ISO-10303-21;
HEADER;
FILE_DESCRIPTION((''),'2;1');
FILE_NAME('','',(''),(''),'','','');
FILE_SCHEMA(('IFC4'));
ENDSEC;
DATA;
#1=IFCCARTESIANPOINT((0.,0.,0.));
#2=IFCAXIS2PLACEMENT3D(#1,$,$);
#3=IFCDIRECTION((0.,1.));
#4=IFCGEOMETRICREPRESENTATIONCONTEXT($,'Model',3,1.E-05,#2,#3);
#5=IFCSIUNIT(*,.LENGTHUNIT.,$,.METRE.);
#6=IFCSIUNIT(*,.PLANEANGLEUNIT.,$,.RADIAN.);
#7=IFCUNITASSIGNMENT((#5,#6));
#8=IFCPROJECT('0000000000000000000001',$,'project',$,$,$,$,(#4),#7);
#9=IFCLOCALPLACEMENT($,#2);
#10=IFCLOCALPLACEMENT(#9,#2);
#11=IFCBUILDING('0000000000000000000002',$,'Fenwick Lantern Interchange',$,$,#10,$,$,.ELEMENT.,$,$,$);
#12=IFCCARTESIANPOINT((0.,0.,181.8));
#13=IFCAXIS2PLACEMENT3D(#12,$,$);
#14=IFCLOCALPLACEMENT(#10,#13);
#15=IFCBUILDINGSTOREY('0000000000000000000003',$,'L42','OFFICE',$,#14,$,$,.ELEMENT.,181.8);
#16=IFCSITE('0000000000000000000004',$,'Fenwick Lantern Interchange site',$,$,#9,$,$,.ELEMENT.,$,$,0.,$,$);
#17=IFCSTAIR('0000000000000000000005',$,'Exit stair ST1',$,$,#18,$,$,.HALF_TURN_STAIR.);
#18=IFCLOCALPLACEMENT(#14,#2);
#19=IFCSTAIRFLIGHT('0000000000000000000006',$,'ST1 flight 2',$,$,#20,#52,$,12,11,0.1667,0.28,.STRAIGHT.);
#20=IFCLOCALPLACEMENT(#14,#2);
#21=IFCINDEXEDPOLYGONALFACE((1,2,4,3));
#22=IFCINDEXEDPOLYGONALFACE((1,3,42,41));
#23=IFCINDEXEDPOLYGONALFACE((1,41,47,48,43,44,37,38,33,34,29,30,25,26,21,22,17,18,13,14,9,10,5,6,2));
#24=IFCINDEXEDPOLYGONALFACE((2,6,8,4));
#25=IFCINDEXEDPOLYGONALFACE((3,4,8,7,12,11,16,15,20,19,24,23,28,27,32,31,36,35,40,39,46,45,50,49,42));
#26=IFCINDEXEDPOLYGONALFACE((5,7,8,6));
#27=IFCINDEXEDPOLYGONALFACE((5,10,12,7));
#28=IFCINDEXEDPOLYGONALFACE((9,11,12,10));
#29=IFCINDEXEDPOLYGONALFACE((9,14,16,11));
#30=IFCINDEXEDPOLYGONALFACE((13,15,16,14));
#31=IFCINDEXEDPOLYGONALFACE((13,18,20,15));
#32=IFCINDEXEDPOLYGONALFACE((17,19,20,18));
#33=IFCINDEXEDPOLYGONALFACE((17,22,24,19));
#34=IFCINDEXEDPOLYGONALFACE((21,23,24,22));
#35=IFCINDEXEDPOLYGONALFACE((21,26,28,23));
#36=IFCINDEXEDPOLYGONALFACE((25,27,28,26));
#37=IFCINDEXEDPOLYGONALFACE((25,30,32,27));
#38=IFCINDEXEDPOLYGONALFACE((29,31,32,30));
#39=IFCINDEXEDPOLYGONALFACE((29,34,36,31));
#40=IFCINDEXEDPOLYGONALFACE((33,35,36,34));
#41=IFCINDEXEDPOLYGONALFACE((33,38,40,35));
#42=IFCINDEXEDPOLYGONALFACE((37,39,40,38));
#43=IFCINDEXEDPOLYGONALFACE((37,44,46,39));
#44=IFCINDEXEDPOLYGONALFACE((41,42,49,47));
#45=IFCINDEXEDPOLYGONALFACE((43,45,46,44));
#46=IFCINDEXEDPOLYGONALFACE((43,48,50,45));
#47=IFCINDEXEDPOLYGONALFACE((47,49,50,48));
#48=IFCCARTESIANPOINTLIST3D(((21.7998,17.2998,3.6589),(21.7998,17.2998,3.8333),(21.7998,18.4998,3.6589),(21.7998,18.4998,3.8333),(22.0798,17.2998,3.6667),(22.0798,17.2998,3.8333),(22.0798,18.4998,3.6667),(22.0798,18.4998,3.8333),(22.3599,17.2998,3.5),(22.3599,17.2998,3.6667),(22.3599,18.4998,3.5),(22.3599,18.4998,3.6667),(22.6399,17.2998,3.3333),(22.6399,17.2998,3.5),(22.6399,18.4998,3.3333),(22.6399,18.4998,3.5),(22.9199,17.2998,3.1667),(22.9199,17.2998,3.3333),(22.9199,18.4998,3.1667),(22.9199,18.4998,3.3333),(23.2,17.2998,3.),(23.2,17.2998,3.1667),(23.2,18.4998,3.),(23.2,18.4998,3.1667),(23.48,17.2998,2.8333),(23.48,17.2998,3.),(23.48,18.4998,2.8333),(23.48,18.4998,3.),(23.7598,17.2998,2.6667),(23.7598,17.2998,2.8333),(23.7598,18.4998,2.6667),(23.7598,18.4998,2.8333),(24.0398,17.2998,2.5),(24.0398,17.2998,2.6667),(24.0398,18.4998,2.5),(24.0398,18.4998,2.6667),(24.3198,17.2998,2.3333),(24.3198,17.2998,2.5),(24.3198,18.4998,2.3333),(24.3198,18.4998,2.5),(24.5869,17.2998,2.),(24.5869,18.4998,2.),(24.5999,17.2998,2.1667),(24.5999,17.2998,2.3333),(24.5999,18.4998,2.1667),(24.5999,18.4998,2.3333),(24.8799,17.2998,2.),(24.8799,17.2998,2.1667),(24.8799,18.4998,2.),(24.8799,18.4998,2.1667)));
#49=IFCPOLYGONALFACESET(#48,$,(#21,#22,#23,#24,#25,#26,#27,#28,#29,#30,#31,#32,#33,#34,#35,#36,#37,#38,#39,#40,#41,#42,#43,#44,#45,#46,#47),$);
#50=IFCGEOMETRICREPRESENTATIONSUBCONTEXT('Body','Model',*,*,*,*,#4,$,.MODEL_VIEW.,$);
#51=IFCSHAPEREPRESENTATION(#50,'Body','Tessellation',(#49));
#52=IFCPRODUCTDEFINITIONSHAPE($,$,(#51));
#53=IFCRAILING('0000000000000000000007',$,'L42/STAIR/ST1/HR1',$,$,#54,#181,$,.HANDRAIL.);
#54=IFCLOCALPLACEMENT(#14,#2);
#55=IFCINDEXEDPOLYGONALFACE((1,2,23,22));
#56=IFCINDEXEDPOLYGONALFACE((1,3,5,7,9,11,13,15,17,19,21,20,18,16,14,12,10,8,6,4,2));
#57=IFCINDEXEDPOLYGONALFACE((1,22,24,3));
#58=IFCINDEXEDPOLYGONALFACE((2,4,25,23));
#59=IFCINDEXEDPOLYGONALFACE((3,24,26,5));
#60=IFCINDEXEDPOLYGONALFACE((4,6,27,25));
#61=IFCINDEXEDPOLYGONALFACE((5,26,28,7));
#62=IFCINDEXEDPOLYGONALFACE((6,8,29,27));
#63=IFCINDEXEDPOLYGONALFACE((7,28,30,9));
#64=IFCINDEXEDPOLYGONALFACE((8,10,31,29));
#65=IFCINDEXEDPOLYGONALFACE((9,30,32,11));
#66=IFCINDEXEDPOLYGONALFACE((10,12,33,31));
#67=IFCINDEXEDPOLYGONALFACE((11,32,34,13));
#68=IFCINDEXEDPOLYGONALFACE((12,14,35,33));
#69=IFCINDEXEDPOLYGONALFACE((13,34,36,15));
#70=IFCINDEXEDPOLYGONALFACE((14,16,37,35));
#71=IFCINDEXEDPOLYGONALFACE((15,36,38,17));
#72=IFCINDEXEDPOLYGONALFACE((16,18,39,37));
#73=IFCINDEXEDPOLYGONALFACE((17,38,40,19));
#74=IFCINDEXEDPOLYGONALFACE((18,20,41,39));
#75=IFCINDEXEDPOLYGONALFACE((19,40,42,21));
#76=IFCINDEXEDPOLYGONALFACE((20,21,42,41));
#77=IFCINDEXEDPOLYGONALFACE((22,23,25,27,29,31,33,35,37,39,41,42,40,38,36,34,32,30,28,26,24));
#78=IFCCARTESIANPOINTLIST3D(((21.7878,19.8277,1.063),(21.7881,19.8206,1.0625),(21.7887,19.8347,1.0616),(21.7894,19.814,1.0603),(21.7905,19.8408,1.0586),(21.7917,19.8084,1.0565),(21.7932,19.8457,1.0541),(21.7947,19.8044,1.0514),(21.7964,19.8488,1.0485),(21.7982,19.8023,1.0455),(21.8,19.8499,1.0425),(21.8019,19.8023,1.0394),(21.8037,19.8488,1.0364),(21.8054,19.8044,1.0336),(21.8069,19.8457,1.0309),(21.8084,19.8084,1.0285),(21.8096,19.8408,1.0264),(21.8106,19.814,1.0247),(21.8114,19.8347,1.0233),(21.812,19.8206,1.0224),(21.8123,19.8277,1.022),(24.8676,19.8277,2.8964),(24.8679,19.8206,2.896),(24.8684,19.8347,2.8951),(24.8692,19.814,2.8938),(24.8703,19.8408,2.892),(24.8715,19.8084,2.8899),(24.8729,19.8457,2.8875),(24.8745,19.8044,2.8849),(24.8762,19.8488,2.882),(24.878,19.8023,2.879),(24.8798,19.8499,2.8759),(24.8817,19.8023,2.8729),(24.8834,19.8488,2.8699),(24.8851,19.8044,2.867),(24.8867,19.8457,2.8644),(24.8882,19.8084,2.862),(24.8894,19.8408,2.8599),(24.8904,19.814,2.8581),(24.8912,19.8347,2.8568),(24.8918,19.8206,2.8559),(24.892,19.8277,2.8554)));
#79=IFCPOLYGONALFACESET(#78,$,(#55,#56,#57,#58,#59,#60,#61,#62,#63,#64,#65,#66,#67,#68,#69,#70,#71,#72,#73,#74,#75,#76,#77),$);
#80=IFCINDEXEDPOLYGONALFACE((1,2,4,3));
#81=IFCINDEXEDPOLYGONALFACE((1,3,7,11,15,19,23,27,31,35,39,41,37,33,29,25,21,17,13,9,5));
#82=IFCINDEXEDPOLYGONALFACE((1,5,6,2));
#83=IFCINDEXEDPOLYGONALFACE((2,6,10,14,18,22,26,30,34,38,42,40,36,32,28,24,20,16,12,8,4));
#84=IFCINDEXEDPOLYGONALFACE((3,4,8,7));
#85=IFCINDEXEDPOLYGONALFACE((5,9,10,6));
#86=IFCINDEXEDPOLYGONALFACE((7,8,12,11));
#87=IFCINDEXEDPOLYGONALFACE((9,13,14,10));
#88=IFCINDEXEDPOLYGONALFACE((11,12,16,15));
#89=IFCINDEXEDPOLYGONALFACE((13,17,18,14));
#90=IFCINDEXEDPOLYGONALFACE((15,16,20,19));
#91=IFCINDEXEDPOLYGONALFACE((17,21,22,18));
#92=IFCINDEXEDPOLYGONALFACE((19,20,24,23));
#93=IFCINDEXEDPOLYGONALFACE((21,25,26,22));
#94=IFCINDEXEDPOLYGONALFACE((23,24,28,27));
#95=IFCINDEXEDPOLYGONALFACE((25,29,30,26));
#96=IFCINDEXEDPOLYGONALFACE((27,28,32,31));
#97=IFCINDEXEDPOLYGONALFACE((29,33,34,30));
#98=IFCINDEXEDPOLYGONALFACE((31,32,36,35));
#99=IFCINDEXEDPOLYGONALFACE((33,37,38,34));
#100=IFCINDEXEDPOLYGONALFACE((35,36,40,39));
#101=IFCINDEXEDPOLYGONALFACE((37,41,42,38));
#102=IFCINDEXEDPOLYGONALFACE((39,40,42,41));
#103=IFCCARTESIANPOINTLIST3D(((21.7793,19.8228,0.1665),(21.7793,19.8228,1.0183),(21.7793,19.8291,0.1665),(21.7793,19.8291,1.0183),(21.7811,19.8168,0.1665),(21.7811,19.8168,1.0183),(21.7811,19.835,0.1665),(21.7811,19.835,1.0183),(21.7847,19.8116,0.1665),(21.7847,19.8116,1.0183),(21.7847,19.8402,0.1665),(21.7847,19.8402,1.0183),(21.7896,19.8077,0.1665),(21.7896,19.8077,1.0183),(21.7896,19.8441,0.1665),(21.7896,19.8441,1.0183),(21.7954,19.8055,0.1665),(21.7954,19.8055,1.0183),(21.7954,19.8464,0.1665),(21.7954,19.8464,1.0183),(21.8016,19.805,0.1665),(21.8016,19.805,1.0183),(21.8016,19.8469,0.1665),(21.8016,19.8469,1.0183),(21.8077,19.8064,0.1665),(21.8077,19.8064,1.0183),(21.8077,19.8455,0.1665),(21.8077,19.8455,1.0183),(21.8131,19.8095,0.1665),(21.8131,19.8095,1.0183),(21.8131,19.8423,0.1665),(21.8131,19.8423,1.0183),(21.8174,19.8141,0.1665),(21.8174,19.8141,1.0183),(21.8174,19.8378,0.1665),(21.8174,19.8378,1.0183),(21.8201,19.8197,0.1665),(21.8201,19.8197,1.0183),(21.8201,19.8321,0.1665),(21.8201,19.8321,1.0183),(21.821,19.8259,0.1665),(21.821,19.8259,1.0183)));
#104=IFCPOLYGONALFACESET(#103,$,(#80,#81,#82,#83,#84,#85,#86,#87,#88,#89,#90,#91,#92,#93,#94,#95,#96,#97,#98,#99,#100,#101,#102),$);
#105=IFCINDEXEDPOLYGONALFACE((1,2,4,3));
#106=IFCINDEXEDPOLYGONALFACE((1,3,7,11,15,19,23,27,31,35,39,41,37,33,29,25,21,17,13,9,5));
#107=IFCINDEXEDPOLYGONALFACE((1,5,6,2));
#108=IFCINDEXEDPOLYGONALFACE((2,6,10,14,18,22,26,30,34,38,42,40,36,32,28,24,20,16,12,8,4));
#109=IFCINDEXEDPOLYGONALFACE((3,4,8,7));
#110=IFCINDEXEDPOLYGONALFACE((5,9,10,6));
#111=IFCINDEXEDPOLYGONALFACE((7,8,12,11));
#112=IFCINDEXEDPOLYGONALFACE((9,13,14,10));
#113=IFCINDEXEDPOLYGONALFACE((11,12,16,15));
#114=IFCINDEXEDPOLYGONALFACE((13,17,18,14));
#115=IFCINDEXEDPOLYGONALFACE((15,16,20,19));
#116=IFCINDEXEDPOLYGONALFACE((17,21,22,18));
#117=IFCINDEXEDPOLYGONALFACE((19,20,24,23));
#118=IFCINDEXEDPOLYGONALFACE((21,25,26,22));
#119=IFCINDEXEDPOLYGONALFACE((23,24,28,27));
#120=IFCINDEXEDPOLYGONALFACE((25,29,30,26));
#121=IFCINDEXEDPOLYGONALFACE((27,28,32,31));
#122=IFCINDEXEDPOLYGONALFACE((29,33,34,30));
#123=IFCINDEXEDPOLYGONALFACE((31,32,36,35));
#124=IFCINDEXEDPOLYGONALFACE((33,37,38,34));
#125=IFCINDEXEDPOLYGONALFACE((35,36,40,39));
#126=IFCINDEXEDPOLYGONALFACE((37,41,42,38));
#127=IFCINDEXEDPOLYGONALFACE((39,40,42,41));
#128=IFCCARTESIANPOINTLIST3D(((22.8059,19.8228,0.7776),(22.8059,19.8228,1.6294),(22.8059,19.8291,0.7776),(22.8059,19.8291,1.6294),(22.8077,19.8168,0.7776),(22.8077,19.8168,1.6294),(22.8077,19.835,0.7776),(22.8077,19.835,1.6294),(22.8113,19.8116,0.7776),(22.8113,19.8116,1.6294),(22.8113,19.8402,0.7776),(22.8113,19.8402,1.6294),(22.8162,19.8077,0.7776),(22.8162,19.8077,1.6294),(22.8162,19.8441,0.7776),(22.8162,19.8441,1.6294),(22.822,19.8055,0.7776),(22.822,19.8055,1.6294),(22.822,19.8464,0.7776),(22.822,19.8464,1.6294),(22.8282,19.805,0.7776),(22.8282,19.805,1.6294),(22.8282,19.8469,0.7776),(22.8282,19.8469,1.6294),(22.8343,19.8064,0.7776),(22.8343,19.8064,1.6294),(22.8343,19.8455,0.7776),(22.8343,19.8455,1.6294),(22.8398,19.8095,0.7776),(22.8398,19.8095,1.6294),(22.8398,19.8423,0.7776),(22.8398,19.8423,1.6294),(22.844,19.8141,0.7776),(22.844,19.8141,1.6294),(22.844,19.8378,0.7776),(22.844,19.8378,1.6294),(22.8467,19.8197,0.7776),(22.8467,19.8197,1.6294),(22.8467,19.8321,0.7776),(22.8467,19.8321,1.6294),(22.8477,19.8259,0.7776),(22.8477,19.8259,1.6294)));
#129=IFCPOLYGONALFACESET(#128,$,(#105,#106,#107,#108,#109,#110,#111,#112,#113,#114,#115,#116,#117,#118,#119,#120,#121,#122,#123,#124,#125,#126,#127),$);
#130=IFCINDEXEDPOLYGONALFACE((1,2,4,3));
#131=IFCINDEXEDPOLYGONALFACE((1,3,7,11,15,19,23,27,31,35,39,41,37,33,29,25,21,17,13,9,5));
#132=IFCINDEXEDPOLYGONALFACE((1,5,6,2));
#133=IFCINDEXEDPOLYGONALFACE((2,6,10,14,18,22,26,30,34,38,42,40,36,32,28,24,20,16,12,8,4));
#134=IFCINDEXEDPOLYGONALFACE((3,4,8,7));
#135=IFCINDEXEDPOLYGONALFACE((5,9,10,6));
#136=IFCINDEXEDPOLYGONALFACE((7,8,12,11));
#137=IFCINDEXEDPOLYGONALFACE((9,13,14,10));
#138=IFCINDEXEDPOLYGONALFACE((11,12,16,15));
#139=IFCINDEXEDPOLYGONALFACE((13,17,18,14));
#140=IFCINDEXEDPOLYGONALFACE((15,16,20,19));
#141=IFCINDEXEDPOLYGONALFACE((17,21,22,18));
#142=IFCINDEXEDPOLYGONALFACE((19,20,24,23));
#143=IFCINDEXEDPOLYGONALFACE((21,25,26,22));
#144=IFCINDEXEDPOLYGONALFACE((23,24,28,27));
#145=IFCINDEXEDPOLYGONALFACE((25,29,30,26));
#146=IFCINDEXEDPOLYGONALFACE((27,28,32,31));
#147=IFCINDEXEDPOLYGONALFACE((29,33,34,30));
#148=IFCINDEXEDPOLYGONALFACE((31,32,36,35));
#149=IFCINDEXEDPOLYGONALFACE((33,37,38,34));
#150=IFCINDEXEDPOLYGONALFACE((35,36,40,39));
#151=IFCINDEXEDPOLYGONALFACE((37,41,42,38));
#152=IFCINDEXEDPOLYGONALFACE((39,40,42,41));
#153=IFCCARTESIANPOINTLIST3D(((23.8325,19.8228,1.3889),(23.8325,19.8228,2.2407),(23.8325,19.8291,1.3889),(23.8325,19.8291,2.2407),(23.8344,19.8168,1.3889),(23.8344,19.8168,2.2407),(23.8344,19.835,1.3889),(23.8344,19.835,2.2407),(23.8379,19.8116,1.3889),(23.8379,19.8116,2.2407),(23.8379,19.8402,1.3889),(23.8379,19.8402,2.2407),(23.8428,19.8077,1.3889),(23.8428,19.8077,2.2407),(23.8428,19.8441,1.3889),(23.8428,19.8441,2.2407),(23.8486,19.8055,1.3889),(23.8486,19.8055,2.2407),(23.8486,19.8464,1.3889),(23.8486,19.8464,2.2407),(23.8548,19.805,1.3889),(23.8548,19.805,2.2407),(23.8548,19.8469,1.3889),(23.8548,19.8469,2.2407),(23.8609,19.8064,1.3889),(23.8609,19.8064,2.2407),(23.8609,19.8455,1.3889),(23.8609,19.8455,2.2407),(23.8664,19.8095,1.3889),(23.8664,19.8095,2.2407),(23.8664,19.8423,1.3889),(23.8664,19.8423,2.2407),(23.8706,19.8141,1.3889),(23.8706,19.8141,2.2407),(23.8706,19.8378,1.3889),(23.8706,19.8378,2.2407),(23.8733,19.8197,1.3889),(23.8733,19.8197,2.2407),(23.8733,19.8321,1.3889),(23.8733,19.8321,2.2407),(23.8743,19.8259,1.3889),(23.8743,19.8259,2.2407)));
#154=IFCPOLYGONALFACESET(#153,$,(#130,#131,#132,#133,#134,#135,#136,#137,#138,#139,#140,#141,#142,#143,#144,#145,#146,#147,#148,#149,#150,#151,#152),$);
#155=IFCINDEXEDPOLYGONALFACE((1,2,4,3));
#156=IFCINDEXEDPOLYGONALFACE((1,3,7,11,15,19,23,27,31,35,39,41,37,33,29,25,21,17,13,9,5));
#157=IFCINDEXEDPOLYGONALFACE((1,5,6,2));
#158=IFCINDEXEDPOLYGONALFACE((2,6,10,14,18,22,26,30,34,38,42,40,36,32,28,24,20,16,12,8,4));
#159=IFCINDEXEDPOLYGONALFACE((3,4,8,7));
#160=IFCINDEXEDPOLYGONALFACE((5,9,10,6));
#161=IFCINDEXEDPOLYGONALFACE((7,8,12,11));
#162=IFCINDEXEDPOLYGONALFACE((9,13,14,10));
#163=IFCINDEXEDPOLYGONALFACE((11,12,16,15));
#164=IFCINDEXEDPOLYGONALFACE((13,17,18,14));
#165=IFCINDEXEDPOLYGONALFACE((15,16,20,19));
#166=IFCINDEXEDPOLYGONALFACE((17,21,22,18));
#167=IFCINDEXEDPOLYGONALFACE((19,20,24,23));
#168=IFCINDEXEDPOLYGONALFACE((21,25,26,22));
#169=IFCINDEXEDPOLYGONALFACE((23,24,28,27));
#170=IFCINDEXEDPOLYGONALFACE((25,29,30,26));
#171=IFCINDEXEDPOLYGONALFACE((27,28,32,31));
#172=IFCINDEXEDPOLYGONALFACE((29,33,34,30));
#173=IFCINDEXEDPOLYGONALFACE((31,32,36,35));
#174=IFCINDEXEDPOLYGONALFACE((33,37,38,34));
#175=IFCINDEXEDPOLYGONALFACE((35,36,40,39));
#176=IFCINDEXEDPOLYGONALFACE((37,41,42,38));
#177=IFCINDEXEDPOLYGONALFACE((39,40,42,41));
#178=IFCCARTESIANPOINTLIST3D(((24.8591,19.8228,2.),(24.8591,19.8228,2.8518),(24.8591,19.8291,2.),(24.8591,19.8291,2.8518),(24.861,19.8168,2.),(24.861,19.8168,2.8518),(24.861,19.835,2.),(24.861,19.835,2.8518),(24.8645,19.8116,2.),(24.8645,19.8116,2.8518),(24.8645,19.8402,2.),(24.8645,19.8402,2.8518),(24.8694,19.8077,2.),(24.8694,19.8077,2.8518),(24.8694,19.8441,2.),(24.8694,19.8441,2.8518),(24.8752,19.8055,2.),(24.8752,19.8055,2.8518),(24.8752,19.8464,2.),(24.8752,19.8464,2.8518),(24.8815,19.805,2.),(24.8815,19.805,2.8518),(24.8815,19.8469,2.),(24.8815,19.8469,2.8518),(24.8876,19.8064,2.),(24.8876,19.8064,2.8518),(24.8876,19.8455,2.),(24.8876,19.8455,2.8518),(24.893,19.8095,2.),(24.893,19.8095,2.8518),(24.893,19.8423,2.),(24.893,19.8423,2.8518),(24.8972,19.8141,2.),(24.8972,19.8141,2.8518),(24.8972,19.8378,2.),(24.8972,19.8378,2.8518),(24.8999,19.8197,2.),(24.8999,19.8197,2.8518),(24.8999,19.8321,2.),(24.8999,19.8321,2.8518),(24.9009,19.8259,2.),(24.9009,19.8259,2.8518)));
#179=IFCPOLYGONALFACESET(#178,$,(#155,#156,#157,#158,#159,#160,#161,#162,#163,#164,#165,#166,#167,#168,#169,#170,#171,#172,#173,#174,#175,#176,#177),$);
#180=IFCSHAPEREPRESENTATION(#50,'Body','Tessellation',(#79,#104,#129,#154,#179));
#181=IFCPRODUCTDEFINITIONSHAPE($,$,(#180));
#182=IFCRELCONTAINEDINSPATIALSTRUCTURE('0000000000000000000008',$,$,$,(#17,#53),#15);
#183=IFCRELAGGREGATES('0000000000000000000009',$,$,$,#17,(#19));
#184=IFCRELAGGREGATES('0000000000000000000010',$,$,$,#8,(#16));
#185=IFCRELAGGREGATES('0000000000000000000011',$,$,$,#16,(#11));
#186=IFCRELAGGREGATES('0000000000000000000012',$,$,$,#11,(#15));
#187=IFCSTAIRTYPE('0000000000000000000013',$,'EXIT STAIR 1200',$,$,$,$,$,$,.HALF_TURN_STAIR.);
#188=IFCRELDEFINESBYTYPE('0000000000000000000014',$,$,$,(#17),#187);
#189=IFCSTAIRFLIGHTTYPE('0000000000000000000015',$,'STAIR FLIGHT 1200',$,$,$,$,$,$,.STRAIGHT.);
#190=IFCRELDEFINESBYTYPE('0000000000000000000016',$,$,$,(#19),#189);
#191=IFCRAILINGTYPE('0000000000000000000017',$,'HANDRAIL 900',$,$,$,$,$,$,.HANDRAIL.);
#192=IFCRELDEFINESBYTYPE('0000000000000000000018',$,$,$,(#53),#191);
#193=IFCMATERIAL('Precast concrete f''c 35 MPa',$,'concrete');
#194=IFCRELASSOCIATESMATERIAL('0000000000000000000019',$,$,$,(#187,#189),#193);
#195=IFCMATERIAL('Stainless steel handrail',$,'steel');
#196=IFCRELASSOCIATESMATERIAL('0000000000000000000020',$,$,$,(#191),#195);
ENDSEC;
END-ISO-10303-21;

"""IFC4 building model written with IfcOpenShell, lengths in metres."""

from ifc_helpers import new_model, si_unit, direction, frame, origin, origin_2d, place, context, subcontext, project, spatial, polyline, circle, outline, extrude, material, type_object, element, aggregate, save


model = new_model("IFC4")

# Units and contexts
model_context = context("Model", 3, precision=1e-05, world=origin(), true_north=direction((0.0, 1.0)))
body_context = subcontext(model_context, "Body", "Model", "MODEL_VIEW")
ifc_project = project(units=[si_unit("LENGTHUNIT", "METRE"), si_unit("PLANEANGLEUNIT", "RADIAN")], contexts=[model_context])

# Site, building, storey
site_placement = place(None, origin())
site = spatial("IfcSite", under=ifc_project, at=site_placement, Name="Fenwick Lantern Interchange site", CompositionType="ELEMENT", RefElevation=0.0)
building_placement = place(site_placement, origin())
building = spatial("IfcBuilding", under=site, at=building_placement, Name="Fenwick Lantern Interchange", CompositionType="ELEMENT")
storey_placement = place(building_placement, frame((0.0, 0.0, 181.8)))
storey = spatial("IfcBuildingStorey", under=building, at=storey_placement, Name="L42", Description="OFFICE", CompositionType="ELEMENT", Elevation=181.8)

# Stair, stair flight
ifc_material_1 = material(Name="Precast concrete f'c 35 MPa", Category="concrete")
stair_type = type_object("IfcStairType", Name="EXIT STAIR 1200", PredefinedType="HALF_TURN_STAIR", material=ifc_material_1)
stair_placement = place(storey_placement, origin())
stair = element("IfcStair", 1, at=stair_placement, inside=storey, type_object=stair_type, Name="Exit stair ST1", PredefinedType="HALF_TURN_STAIR")
stair_flight_type = type_object("IfcStairFlightType", Name="STAIR FLIGHT 1200", PredefinedType="STRAIGHT", material=ifc_material_1)
stair_flight_1_placement = place(storey_placement, frame((24.8799, 17.8999, 2.0), z_axis=(0.0, 0.0, 1.0), x_axis=(-1.0, 0.0, 0.0)))
stair_flight_1 = element("IfcStairFlight", 2, at=stair_flight_1_placement, type_object=stair_flight_type, Name="ST1 flight 2", NumberOfRisers=12, NumberOfTreads=11, PredefinedType="STRAIGHT", RiserHeight=0.1667, TreadLength=0.28, context=body_context, shape_type="SweptSolid", body=[
    extrude(outline(polyline([(0.0, 0.0), (0.0, 0.1667), (0.28, 0.1667), (0.28, 0.3333), (0.5601, 0.3333), (0.5601, 0.5), (0.8401, 0.5), (0.8401, 0.6667), (1.1201, 0.6667), (1.1201, 0.8333), (1.3999, 0.8333), (1.3999, 1.0), (1.6799, 1.0), (1.6799, 1.1667), (1.96, 1.1667), (1.96, 1.3333), (2.24, 1.3333), (2.24, 1.5), (2.52, 1.5), (2.52, 1.6667), (2.8, 1.6667), (2.8, 1.8333), (3.0801, 1.8333), (3.0801, 2.0), (3.0801, 1.6589), (0.293, 0.0), (0.0, 0.0)])), frame((0.0, 0.6001, 0.0), z_axis=(0.0, -1.0, 0.0), x_axis=(1.0, 0.0, 0.0)), (0.0, 0.0, 1.0), 1.2),
])
aggregate(stair, [stair_flight_1])

# Railing
ifc_material_2 = material(Name="Stainless steel handrail", Category="steel")
railing_type = type_object("IfcRailingType", Name="HANDRAIL 900", PredefinedType="HANDRAIL", material=ifc_material_2)
railing_1_placement = place(storey_placement, frame((21.8, 19.8259, 0.1665)))
element("IfcRailing", 3, at=railing_1_placement, inside=storey, type_object=railing_type, Name="L42/STAIR/ST1/HR1", PredefinedType="HANDRAIL", context=body_context, shape_type="SweptSolid", body=[
    extrude(circle(Radius=0.0239, at=origin_2d()), frame((0.0, 0.0, 0.876), z_axis=(0.859261, 0.0, 0.511538), x_axis=(0.0, 1.0, 0.0)), (0.0, 0.0, 1.0), 3.5842),
    extrude(circle(Radius=0.021, at=origin_2d()), origin(), (0.0, 0.0, 1.0), 0.8518),
    extrude(circle(Radius=0.021, at=origin_2d()), frame((1.0266, 0.0, 0.6111)), (0.0, 0.0, 1.0), 0.8518),
    extrude(circle(Radius=0.021, at=origin_2d()), frame((2.0532, 0.0, 1.2224)), (0.0, 0.0, 1.0), 0.8518),
    extrude(circle(Radius=0.021, at=origin_2d()), frame((3.0798, 0.0, 1.8335)), (0.0, 0.0, 1.0), 0.8518),
])

save(model, "model.ifc")
